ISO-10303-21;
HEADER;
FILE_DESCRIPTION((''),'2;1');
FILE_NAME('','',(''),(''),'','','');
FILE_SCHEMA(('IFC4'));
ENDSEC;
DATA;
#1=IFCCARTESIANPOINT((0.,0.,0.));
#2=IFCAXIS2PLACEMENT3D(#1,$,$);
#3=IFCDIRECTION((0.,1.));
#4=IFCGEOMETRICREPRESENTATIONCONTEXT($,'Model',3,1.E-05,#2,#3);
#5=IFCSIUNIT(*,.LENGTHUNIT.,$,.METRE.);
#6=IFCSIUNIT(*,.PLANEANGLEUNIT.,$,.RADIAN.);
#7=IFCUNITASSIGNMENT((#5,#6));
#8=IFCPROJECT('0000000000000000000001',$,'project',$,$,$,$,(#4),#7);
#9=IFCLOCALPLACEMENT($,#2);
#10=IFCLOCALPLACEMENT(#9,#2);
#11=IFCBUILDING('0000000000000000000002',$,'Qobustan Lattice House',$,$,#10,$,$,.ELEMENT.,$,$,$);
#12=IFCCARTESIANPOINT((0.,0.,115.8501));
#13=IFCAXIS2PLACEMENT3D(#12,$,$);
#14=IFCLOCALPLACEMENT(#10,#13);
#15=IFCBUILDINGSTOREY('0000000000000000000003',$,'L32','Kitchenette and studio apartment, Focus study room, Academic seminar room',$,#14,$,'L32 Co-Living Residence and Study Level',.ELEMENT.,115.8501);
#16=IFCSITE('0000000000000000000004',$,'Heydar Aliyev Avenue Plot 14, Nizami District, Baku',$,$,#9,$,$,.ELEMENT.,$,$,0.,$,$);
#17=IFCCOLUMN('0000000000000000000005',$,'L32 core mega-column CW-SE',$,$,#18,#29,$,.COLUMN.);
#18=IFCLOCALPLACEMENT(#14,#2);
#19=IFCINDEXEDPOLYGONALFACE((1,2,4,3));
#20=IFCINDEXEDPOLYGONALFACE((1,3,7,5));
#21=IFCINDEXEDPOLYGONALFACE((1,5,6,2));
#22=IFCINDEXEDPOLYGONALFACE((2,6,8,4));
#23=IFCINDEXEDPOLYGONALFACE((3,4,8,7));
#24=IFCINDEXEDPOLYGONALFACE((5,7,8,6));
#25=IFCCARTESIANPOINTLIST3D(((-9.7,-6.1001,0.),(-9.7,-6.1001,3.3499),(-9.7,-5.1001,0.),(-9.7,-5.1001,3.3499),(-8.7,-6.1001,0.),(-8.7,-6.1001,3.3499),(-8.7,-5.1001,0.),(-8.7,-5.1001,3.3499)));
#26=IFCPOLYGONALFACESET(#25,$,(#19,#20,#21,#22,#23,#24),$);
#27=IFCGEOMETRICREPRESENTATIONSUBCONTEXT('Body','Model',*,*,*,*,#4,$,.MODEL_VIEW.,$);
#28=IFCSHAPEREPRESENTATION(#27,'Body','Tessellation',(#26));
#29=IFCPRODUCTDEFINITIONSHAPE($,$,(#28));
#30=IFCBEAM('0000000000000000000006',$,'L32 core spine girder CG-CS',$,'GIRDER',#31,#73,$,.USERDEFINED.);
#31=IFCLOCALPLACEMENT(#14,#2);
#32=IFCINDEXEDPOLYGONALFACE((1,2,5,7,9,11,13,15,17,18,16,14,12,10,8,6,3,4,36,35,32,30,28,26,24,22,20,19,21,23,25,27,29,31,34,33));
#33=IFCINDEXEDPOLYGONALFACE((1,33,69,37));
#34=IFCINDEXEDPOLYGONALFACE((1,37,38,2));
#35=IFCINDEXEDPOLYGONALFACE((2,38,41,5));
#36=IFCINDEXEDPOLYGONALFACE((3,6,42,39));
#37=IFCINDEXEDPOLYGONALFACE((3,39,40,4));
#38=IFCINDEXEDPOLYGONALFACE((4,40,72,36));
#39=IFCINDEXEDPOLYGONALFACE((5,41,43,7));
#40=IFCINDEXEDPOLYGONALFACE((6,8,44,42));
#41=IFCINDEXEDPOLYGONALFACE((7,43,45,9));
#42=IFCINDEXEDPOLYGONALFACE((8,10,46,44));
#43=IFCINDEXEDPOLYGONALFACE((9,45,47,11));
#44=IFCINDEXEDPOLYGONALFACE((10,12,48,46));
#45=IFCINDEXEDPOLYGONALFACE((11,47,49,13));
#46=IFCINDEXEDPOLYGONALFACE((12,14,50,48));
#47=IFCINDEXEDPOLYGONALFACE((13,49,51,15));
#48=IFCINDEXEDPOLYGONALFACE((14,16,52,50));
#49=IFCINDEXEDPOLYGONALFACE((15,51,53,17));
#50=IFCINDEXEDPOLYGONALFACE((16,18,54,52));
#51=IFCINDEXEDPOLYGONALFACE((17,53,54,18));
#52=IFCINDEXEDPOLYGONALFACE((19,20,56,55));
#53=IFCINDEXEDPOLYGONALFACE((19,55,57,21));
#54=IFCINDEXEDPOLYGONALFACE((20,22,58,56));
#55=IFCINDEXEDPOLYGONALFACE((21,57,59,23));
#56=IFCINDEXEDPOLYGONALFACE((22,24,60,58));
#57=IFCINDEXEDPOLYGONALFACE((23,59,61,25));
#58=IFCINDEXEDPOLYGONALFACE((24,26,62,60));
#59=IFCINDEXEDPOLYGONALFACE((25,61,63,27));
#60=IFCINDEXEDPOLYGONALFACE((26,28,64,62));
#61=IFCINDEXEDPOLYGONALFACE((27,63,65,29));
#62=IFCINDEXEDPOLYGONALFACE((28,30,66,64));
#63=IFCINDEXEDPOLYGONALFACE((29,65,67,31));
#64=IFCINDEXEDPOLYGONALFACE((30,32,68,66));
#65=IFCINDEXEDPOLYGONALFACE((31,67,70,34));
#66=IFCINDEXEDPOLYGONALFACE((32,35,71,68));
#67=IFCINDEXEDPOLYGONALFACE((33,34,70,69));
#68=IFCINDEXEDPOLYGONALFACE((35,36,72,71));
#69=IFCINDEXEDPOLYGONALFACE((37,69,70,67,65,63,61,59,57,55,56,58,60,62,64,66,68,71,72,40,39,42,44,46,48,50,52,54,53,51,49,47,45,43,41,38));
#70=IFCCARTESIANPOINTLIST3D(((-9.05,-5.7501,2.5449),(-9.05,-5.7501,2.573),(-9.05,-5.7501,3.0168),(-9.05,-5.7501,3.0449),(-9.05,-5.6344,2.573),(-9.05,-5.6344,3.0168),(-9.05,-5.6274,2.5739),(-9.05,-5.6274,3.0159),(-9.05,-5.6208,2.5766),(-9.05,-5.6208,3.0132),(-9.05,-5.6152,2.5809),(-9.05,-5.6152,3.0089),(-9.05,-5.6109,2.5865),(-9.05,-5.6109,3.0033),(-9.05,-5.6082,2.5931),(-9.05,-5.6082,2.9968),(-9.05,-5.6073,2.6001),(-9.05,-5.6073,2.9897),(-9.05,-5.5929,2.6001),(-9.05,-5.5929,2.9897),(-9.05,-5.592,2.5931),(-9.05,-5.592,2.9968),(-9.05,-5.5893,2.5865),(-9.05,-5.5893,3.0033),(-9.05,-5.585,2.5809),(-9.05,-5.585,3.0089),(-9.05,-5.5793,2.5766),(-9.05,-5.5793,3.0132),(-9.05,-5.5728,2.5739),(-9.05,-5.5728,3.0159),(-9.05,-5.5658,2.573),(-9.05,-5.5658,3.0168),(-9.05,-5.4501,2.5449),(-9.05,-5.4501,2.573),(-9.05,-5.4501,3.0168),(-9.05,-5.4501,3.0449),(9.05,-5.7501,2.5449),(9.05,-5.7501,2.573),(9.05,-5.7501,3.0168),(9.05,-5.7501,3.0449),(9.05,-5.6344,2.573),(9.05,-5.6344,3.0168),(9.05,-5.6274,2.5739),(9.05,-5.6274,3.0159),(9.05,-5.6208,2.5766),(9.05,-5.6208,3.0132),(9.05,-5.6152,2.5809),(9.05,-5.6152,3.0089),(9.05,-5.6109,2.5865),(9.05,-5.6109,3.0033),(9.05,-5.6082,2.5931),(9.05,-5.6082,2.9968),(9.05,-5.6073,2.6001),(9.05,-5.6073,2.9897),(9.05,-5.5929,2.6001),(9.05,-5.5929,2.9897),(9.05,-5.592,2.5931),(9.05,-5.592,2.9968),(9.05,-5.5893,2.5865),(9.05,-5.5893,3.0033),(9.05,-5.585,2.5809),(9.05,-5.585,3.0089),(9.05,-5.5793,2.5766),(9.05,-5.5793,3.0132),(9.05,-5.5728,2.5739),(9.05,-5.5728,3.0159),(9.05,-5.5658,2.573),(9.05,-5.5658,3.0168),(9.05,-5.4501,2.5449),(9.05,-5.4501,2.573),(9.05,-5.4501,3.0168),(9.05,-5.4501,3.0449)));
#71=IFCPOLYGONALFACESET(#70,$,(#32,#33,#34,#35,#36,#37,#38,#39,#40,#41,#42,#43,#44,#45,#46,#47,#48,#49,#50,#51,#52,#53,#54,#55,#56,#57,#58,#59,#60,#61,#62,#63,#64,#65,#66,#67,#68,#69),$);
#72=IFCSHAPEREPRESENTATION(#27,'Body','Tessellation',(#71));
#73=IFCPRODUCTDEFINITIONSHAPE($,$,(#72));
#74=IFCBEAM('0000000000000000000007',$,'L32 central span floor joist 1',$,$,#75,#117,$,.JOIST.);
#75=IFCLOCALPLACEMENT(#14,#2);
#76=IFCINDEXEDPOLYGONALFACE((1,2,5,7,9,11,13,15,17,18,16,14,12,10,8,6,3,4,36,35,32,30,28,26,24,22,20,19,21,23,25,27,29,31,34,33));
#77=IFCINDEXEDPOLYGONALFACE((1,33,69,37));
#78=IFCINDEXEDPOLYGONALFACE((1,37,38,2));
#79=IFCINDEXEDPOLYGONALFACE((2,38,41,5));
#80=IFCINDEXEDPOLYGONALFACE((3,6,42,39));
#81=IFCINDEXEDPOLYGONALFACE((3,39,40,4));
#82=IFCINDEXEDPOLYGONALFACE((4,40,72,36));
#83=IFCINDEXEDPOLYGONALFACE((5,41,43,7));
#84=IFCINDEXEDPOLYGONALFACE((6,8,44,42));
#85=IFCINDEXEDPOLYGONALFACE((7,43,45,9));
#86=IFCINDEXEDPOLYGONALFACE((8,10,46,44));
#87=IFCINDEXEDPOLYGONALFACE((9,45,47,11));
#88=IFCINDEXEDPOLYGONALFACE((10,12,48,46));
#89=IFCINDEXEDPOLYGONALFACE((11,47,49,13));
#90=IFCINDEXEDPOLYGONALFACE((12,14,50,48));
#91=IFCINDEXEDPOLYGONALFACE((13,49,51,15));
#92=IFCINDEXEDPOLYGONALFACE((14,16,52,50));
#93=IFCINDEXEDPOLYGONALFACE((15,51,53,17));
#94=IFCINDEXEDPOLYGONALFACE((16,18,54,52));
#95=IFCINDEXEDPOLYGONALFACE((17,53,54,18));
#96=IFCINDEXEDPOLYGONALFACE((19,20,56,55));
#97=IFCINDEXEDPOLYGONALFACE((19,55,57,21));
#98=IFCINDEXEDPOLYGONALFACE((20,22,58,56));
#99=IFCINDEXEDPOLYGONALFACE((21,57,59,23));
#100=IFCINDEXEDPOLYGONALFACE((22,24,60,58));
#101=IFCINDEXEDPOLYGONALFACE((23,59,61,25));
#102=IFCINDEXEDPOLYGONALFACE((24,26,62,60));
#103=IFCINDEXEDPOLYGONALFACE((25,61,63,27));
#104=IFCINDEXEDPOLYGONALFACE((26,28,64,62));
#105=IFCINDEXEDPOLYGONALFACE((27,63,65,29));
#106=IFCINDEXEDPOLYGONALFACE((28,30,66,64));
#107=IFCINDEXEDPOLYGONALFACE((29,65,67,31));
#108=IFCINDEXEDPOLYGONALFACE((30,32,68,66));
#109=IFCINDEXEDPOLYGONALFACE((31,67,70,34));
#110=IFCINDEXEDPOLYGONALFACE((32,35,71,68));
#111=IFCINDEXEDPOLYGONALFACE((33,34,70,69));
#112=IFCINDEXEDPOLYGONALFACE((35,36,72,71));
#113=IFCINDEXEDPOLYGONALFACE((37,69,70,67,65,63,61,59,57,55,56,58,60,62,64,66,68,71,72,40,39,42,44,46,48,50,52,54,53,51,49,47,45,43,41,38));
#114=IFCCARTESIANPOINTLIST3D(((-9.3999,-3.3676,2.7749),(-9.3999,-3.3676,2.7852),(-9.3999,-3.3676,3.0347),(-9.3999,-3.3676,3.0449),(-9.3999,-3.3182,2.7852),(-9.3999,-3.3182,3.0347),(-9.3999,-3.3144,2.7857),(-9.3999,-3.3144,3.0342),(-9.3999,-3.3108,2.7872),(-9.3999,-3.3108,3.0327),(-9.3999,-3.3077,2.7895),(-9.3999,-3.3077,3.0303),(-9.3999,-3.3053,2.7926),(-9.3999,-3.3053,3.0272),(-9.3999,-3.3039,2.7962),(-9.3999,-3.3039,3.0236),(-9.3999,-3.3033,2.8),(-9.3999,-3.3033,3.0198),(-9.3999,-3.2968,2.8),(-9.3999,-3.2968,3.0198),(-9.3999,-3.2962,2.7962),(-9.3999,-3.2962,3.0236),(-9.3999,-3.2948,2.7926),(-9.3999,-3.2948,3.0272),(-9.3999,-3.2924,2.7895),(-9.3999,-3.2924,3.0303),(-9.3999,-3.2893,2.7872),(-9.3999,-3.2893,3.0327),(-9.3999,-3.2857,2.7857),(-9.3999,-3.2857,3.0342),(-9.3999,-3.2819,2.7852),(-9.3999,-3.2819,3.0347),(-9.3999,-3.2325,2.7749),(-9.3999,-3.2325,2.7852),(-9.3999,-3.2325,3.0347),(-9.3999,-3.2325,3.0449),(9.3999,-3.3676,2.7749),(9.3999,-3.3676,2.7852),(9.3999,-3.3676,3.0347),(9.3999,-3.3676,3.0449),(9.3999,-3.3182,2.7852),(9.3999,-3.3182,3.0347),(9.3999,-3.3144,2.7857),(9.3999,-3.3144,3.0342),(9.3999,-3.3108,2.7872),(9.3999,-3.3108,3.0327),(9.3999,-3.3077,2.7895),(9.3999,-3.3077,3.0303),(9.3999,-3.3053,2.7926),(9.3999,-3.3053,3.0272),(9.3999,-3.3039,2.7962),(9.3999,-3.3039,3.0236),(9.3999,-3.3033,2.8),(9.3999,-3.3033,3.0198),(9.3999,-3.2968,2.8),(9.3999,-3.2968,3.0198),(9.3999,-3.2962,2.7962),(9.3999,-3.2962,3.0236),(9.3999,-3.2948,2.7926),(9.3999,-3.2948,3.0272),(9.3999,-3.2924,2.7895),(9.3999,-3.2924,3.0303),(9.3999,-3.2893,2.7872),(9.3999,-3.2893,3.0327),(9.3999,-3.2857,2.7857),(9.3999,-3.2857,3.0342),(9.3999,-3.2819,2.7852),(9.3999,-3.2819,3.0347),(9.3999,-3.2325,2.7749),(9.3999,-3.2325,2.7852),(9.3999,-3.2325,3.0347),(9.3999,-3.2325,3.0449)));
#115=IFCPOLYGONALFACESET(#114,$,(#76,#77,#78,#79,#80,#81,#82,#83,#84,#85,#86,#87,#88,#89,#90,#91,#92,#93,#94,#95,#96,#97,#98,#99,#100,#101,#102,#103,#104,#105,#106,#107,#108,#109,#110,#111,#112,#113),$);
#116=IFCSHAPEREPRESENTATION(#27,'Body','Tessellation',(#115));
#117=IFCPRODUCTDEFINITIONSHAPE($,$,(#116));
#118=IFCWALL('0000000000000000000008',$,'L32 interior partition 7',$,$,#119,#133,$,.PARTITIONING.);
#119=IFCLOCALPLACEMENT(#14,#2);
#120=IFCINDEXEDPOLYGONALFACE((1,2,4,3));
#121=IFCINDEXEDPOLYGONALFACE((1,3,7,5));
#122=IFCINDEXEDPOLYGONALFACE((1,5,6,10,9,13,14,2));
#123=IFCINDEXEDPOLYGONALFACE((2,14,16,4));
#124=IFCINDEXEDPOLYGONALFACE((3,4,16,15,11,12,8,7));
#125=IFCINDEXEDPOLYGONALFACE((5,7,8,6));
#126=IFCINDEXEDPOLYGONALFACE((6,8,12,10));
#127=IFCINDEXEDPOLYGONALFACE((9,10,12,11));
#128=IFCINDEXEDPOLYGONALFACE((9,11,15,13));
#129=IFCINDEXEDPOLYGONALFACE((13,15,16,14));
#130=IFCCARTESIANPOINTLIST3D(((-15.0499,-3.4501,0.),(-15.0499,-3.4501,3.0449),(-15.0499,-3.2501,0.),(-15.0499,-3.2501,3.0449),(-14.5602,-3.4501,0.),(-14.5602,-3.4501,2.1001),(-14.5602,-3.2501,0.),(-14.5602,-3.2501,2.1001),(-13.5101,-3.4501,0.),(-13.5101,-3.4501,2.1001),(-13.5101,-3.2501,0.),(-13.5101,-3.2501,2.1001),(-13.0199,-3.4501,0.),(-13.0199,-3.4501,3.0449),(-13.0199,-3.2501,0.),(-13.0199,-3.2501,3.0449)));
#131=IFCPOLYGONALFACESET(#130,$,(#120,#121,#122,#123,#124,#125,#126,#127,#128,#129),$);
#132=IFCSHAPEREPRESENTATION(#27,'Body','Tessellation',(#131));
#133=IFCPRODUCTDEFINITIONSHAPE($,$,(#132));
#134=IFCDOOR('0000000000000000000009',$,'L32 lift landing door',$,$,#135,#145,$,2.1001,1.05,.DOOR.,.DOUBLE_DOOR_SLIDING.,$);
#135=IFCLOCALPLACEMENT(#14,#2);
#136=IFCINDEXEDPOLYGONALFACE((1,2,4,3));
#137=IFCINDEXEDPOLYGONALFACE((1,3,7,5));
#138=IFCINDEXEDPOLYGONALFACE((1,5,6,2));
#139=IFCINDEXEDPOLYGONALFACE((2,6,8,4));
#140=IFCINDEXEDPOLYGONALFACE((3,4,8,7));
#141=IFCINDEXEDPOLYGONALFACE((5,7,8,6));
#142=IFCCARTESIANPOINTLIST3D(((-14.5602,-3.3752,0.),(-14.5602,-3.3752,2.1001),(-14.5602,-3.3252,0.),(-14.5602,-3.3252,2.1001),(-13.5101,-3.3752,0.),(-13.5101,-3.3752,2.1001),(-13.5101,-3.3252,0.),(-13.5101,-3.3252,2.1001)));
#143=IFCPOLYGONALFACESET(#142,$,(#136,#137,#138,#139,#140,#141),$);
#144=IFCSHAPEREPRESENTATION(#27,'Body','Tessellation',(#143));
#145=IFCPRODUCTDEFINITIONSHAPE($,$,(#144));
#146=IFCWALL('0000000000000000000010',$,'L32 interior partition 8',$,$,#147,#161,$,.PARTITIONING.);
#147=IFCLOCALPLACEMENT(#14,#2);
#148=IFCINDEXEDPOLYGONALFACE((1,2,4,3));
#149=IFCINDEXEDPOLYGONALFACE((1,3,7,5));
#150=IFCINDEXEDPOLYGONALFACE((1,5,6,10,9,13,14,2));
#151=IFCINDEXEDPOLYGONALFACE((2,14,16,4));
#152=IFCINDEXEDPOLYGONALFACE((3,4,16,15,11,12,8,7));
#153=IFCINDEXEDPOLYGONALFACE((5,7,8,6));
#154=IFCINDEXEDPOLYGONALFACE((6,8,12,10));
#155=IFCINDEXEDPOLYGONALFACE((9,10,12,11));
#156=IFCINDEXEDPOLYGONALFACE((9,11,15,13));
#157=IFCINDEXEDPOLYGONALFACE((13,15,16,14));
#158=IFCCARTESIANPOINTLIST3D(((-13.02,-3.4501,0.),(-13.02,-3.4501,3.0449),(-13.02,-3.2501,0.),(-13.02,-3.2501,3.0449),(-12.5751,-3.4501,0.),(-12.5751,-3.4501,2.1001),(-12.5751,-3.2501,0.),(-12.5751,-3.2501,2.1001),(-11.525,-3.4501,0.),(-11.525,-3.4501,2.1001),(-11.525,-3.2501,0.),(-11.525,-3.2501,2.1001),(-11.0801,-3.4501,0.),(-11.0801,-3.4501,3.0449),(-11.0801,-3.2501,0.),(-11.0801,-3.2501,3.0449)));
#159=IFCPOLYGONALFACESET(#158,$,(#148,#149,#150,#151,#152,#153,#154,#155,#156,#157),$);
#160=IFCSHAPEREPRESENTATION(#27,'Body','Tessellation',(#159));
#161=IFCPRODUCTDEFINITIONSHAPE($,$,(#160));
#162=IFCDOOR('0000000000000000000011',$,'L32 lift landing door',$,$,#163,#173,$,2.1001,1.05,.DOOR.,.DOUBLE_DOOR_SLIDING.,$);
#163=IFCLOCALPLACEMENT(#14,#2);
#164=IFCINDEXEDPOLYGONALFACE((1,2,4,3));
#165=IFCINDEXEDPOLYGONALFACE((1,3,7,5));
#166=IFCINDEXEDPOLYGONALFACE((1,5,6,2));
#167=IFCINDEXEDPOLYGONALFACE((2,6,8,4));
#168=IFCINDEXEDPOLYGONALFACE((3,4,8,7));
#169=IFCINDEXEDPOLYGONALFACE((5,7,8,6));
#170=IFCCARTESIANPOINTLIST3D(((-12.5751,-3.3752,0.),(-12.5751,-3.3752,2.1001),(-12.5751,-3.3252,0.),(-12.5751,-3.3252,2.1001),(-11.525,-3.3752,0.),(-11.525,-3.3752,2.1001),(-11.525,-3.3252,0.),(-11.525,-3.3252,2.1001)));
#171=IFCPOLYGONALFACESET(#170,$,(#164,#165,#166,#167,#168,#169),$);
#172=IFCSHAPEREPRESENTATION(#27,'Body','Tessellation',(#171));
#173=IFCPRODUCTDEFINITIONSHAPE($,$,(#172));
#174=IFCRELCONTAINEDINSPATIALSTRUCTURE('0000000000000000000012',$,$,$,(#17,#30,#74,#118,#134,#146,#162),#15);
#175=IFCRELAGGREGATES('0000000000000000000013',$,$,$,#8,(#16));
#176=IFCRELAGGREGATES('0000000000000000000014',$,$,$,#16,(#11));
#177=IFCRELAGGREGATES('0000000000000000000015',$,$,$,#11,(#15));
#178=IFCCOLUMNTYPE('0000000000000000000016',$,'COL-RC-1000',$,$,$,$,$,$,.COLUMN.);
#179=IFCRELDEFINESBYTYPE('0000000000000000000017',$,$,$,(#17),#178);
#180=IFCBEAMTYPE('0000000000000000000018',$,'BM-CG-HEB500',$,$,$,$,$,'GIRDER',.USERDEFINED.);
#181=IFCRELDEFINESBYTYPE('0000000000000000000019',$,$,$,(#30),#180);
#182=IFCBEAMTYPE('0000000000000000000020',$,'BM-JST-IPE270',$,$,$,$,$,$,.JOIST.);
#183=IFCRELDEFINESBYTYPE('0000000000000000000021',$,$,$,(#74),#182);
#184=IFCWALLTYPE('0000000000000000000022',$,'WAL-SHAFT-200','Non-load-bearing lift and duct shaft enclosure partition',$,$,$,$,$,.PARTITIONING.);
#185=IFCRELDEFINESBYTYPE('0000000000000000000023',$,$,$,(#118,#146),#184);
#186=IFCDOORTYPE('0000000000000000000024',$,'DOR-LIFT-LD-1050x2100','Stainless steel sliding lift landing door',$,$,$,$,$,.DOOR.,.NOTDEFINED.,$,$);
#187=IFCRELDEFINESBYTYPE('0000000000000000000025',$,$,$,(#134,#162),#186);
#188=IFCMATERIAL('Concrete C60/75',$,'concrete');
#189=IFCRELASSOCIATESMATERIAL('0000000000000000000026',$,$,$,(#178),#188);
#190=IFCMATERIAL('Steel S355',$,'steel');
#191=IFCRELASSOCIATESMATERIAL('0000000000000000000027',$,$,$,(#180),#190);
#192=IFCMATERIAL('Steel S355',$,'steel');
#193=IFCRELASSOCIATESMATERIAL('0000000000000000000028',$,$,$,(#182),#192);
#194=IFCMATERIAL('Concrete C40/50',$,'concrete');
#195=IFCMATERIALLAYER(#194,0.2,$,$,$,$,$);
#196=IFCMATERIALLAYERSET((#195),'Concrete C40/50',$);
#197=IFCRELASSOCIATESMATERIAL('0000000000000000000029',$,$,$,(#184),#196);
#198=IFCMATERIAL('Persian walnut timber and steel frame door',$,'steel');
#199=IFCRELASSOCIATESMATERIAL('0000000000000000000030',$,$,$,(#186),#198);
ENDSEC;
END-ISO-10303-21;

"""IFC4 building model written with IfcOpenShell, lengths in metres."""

from ifc_helpers import new_model, si_unit, direction, frame, frame_2d, origin, origin_2d, place, context, subcontext, project, spatial, rectangle, i_section, extrude, material, layer, layer_set, material_profile, profile_set, type_object, element, fill, save


model = new_model("IFC4")

# Units and contexts
model_context = context("Model", 3, precision=1e-05, world=origin(), true_north=direction((0.0, 1.0)))
body_context = subcontext(model_context, "Body", "Model", "MODEL_VIEW")
ifc_project = project(units=[si_unit("LENGTHUNIT", "METRE"), si_unit("PLANEANGLEUNIT", "RADIAN")], contexts=[model_context])

# Site, building, storey
site_placement = place(None, origin())
site = spatial("IfcSite", under=ifc_project, at=site_placement, Name="Heydar Aliyev Avenue Plot 14, Nizami District, Baku", CompositionType="ELEMENT", RefElevation=0.0)
building_placement = place(site_placement, origin())
building = spatial("IfcBuilding", under=site, at=building_placement, Name="Qobustan Lattice House", CompositionType="ELEMENT")
storey_placement = place(building_placement, frame((0.0, 0.0, 115.8501)))
storey = spatial("IfcBuildingStorey", under=building, at=storey_placement, Name="L32", Description="Kitchenette and studio apartment, Focus study room, Academic seminar room", LongName="L32 Co-Living Residence and Study Level", CompositionType="ELEMENT", Elevation=115.8501)

# Column
ifc_material_1 = material(Name="Concrete C60/75", Category="concrete")
ifc_material_profile_1 = material_profile(ifc_material_1, rectangle(XDim=1.0, YDim=1.0, at=origin_2d()), Name="RC1000x1000")
ifc_profile_set_1 = profile_set([ifc_material_profile_1], Name="Concrete C60/75")
column_type = type_object("IfcColumnType", Name="COL-RC-1000", PredefinedType="COLUMN", material=ifc_profile_set_1)
column_placement = place(storey_placement, frame((-9.2, -5.6001, 0.0), z_axis=(0.0, 0.0, 1.0), x_axis=(1.0, 0.0, 0.0)))
element("IfcColumn", 1, at=column_placement, inside=storey, type_object=column_type, Name="L32 core mega-column CW-SE", PredefinedType="COLUMN", context=body_context, shape_type="SweptSolid", body=[
    extrude(rectangle(XDim=1.0, YDim=1.0, at=origin_2d()), origin(), (0.0, 0.0, 1.0), 3.3499),
])

# Beams
ifc_material_2 = material(Name="Steel S355", Category="steel")
ifc_material_profile_2 = material_profile(ifc_material_2, i_section(OverallWidth=0.3, OverallDepth=0.5, WebThickness=0.0144, FlangeThickness=0.0281, FilletRadius=0.0271, at=origin_2d()), Name="HEB500")
ifc_profile_set_2 = profile_set([ifc_material_profile_2], Name="Steel S355")
beam_type_1 = type_object("IfcBeamType", Name="BM-CG-HEB500", ElementType="GIRDER", PredefinedType="USERDEFINED", material=ifc_profile_set_2)
beam_1_placement = place(storey_placement, frame((-9.05, -5.6001, 2.7949), z_axis=(1.0, 0.0, 0.0), x_axis=(0.0, 1.0, 0.0)))
element("IfcBeam", 2, at=beam_1_placement, inside=storey, type_object=beam_type_1, Name="L32 core spine girder CG-CS", ObjectType="GIRDER", PredefinedType="USERDEFINED", context=body_context, shape_type="SweptSolid", body=[
    extrude(i_section(OverallWidth=0.3, OverallDepth=0.5, WebThickness=0.0144, FlangeThickness=0.0281, FilletRadius=0.0271, at=origin_2d()), origin(), (0.0, 0.0, 1.0), 18.1001),
])
ifc_material_3 = material(Name="Steel S355", Category="steel")
ifc_material_profile_3 = material_profile(ifc_material_3, i_section(OverallWidth=0.135, OverallDepth=0.27, WebThickness=0.0066, FlangeThickness=0.0103, FilletRadius=0.0149, at=origin_2d()), Name="IPE270")
ifc_profile_set_3 = profile_set([ifc_material_profile_3], Name="Steel S355")
beam_type_2 = type_object("IfcBeamType", Name="BM-JST-IPE270", PredefinedType="JOIST", material=ifc_profile_set_3)
beam_2_placement = place(storey_placement, frame((-9.3999, -3.3, 2.9099), z_axis=(1.0, 0.0, 0.0), x_axis=(0.0, 1.0, 0.0)))
element("IfcBeam", 3, at=beam_2_placement, inside=storey, type_object=beam_type_2, Name="L32 central span floor joist 1", PredefinedType="JOIST", context=body_context, shape_type="SweptSolid", body=[
    extrude(i_section(OverallWidth=0.135, OverallDepth=0.27, WebThickness=0.0066, FlangeThickness=0.0103, FilletRadius=0.0149, at=origin_2d()), origin(), (0.0, 0.0, 1.0), 18.7998),
])

# Walls, openings, doors
ifc_material_4 = material(Name="Concrete C40/50", Category="concrete")
ifc_layer_1 = layer(ifc_material_4, 0.2)
ifc_layer_set_1 = layer_set([ifc_layer_1], Name="Concrete C40/50")
wall_type_1 = type_object("IfcWallType", Name="WAL-SHAFT-200", Description="Non-load-bearing lift and duct shaft enclosure partition", PredefinedType="PARTITIONING", material=ifc_layer_set_1)
wall_1_placement = place(storey_placement, frame((-15.05, -3.3501, 0.0), z_axis=(0.0, 0.0, 1.0), x_axis=(1.0, 0.0, 0.0)))
wall_1 = element("IfcWall", 4, at=wall_1_placement, inside=storey, type_object=wall_type_1, Name="L32 interior partition 7", PredefinedType="PARTITIONING", context=body_context, shape_type="SweptSolid", body=[
    extrude(rectangle(XDim=2.03, YDim=0.2, at=frame_2d((1.0151, 0.0))), origin(), (0.0, 0.0, 1.0), 3.0449),
])
opening_1_placement = place(wall_1_placement, frame((0.49, 0.0, 0.0)))
opening_1 = element("IfcOpeningElement", 5, at=opening_1_placement, cuts=wall_1, PredefinedType="OPENING", context=body_context, shape_type="SweptSolid", body=[
    extrude(rectangle(XDim=1.05, YDim=2.1001, at=frame_2d((0.5249, 1.05))), frame((0.0, 0.1099, 0.0), z_axis=(0.0, -1.0, 0.0), x_axis=(1.0, 0.0, 0.0)), (0.0, 0.0, 1.0), 0.22),
])
ifc_material_5 = material(Name="Persian walnut timber and steel frame door", Category="steel")
door_type_1 = type_object("IfcDoorType", Name="DOR-LIFT-LD-1050x2100", Description="Stainless steel sliding lift landing door", OperationType="NOTDEFINED", PredefinedType="DOOR", material=ifc_material_5)
door_1_placement = place(opening_1_placement, origin())
door_1 = element("IfcDoor", 6, at=door_1_placement, inside=storey, type_object=door_type_1, Name="L32 lift landing door", OperationType="DOUBLE_DOOR_SLIDING", OverallHeight=2.1001, OverallWidth=1.05, PredefinedType="DOOR", context=body_context, shape_type="SweptSolid", body=[
    extrude(rectangle(XDim=1.05, YDim=2.1001, at=frame_2d((0.5249, 1.05))), frame((0.0, 0.0249, 0.0), z_axis=(0.0, -1.0, 0.0), x_axis=(1.0, 0.0, 0.0)), (0.0, 0.0, 1.0), 0.05),
])
fill(opening_1, door_1)
wall_2_placement = place(storey_placement, frame((-13.02, -3.3501, 0.0), z_axis=(0.0, 0.0, 1.0), x_axis=(1.0, 0.0, 0.0)))
wall_2 = element("IfcWall", 7, at=wall_2_placement, inside=storey, type_object=wall_type_1, Name="L32 interior partition 8", PredefinedType="PARTITIONING", context=body_context, shape_type="SweptSolid", body=[
    extrude(rectangle(XDim=1.9399, YDim=0.2, at=frame_2d((0.97, 0.0))), origin(), (0.0, 0.0, 1.0), 3.0449),
])
opening_2_placement = place(wall_2_placement, frame((0.4451, 0.0, 0.0)))
opening_2 = element("IfcOpeningElement", 8, at=opening_2_placement, cuts=wall_2, PredefinedType="OPENING", context=body_context, shape_type="SweptSolid", body=[
    extrude(rectangle(XDim=1.05, YDim=2.1001, at=frame_2d((0.5249, 1.05))), frame((0.0, 0.1099, 0.0), z_axis=(0.0, -1.0, 0.0), x_axis=(1.0, 0.0, 0.0)), (0.0, 0.0, 1.0), 0.22),
])
door_2_placement = place(opening_2_placement, origin())
door_2 = element("IfcDoor", 9, at=door_2_placement, inside=storey, type_object=door_type_1, Name="L32 lift landing door", OperationType="DOUBLE_DOOR_SLIDING", OverallHeight=2.1001, OverallWidth=1.05, PredefinedType="DOOR", context=body_context, shape_type="SweptSolid", body=[
    extrude(rectangle(XDim=1.05, YDim=2.1001, at=frame_2d((0.5249, 1.05))), frame((0.0, 0.0249, 0.0), z_axis=(0.0, -1.0, 0.0), x_axis=(1.0, 0.0, 0.0)), (0.0, 0.0, 1.0), 0.05),
])
fill(opening_2, door_2)

save(model, "model.ifc")
